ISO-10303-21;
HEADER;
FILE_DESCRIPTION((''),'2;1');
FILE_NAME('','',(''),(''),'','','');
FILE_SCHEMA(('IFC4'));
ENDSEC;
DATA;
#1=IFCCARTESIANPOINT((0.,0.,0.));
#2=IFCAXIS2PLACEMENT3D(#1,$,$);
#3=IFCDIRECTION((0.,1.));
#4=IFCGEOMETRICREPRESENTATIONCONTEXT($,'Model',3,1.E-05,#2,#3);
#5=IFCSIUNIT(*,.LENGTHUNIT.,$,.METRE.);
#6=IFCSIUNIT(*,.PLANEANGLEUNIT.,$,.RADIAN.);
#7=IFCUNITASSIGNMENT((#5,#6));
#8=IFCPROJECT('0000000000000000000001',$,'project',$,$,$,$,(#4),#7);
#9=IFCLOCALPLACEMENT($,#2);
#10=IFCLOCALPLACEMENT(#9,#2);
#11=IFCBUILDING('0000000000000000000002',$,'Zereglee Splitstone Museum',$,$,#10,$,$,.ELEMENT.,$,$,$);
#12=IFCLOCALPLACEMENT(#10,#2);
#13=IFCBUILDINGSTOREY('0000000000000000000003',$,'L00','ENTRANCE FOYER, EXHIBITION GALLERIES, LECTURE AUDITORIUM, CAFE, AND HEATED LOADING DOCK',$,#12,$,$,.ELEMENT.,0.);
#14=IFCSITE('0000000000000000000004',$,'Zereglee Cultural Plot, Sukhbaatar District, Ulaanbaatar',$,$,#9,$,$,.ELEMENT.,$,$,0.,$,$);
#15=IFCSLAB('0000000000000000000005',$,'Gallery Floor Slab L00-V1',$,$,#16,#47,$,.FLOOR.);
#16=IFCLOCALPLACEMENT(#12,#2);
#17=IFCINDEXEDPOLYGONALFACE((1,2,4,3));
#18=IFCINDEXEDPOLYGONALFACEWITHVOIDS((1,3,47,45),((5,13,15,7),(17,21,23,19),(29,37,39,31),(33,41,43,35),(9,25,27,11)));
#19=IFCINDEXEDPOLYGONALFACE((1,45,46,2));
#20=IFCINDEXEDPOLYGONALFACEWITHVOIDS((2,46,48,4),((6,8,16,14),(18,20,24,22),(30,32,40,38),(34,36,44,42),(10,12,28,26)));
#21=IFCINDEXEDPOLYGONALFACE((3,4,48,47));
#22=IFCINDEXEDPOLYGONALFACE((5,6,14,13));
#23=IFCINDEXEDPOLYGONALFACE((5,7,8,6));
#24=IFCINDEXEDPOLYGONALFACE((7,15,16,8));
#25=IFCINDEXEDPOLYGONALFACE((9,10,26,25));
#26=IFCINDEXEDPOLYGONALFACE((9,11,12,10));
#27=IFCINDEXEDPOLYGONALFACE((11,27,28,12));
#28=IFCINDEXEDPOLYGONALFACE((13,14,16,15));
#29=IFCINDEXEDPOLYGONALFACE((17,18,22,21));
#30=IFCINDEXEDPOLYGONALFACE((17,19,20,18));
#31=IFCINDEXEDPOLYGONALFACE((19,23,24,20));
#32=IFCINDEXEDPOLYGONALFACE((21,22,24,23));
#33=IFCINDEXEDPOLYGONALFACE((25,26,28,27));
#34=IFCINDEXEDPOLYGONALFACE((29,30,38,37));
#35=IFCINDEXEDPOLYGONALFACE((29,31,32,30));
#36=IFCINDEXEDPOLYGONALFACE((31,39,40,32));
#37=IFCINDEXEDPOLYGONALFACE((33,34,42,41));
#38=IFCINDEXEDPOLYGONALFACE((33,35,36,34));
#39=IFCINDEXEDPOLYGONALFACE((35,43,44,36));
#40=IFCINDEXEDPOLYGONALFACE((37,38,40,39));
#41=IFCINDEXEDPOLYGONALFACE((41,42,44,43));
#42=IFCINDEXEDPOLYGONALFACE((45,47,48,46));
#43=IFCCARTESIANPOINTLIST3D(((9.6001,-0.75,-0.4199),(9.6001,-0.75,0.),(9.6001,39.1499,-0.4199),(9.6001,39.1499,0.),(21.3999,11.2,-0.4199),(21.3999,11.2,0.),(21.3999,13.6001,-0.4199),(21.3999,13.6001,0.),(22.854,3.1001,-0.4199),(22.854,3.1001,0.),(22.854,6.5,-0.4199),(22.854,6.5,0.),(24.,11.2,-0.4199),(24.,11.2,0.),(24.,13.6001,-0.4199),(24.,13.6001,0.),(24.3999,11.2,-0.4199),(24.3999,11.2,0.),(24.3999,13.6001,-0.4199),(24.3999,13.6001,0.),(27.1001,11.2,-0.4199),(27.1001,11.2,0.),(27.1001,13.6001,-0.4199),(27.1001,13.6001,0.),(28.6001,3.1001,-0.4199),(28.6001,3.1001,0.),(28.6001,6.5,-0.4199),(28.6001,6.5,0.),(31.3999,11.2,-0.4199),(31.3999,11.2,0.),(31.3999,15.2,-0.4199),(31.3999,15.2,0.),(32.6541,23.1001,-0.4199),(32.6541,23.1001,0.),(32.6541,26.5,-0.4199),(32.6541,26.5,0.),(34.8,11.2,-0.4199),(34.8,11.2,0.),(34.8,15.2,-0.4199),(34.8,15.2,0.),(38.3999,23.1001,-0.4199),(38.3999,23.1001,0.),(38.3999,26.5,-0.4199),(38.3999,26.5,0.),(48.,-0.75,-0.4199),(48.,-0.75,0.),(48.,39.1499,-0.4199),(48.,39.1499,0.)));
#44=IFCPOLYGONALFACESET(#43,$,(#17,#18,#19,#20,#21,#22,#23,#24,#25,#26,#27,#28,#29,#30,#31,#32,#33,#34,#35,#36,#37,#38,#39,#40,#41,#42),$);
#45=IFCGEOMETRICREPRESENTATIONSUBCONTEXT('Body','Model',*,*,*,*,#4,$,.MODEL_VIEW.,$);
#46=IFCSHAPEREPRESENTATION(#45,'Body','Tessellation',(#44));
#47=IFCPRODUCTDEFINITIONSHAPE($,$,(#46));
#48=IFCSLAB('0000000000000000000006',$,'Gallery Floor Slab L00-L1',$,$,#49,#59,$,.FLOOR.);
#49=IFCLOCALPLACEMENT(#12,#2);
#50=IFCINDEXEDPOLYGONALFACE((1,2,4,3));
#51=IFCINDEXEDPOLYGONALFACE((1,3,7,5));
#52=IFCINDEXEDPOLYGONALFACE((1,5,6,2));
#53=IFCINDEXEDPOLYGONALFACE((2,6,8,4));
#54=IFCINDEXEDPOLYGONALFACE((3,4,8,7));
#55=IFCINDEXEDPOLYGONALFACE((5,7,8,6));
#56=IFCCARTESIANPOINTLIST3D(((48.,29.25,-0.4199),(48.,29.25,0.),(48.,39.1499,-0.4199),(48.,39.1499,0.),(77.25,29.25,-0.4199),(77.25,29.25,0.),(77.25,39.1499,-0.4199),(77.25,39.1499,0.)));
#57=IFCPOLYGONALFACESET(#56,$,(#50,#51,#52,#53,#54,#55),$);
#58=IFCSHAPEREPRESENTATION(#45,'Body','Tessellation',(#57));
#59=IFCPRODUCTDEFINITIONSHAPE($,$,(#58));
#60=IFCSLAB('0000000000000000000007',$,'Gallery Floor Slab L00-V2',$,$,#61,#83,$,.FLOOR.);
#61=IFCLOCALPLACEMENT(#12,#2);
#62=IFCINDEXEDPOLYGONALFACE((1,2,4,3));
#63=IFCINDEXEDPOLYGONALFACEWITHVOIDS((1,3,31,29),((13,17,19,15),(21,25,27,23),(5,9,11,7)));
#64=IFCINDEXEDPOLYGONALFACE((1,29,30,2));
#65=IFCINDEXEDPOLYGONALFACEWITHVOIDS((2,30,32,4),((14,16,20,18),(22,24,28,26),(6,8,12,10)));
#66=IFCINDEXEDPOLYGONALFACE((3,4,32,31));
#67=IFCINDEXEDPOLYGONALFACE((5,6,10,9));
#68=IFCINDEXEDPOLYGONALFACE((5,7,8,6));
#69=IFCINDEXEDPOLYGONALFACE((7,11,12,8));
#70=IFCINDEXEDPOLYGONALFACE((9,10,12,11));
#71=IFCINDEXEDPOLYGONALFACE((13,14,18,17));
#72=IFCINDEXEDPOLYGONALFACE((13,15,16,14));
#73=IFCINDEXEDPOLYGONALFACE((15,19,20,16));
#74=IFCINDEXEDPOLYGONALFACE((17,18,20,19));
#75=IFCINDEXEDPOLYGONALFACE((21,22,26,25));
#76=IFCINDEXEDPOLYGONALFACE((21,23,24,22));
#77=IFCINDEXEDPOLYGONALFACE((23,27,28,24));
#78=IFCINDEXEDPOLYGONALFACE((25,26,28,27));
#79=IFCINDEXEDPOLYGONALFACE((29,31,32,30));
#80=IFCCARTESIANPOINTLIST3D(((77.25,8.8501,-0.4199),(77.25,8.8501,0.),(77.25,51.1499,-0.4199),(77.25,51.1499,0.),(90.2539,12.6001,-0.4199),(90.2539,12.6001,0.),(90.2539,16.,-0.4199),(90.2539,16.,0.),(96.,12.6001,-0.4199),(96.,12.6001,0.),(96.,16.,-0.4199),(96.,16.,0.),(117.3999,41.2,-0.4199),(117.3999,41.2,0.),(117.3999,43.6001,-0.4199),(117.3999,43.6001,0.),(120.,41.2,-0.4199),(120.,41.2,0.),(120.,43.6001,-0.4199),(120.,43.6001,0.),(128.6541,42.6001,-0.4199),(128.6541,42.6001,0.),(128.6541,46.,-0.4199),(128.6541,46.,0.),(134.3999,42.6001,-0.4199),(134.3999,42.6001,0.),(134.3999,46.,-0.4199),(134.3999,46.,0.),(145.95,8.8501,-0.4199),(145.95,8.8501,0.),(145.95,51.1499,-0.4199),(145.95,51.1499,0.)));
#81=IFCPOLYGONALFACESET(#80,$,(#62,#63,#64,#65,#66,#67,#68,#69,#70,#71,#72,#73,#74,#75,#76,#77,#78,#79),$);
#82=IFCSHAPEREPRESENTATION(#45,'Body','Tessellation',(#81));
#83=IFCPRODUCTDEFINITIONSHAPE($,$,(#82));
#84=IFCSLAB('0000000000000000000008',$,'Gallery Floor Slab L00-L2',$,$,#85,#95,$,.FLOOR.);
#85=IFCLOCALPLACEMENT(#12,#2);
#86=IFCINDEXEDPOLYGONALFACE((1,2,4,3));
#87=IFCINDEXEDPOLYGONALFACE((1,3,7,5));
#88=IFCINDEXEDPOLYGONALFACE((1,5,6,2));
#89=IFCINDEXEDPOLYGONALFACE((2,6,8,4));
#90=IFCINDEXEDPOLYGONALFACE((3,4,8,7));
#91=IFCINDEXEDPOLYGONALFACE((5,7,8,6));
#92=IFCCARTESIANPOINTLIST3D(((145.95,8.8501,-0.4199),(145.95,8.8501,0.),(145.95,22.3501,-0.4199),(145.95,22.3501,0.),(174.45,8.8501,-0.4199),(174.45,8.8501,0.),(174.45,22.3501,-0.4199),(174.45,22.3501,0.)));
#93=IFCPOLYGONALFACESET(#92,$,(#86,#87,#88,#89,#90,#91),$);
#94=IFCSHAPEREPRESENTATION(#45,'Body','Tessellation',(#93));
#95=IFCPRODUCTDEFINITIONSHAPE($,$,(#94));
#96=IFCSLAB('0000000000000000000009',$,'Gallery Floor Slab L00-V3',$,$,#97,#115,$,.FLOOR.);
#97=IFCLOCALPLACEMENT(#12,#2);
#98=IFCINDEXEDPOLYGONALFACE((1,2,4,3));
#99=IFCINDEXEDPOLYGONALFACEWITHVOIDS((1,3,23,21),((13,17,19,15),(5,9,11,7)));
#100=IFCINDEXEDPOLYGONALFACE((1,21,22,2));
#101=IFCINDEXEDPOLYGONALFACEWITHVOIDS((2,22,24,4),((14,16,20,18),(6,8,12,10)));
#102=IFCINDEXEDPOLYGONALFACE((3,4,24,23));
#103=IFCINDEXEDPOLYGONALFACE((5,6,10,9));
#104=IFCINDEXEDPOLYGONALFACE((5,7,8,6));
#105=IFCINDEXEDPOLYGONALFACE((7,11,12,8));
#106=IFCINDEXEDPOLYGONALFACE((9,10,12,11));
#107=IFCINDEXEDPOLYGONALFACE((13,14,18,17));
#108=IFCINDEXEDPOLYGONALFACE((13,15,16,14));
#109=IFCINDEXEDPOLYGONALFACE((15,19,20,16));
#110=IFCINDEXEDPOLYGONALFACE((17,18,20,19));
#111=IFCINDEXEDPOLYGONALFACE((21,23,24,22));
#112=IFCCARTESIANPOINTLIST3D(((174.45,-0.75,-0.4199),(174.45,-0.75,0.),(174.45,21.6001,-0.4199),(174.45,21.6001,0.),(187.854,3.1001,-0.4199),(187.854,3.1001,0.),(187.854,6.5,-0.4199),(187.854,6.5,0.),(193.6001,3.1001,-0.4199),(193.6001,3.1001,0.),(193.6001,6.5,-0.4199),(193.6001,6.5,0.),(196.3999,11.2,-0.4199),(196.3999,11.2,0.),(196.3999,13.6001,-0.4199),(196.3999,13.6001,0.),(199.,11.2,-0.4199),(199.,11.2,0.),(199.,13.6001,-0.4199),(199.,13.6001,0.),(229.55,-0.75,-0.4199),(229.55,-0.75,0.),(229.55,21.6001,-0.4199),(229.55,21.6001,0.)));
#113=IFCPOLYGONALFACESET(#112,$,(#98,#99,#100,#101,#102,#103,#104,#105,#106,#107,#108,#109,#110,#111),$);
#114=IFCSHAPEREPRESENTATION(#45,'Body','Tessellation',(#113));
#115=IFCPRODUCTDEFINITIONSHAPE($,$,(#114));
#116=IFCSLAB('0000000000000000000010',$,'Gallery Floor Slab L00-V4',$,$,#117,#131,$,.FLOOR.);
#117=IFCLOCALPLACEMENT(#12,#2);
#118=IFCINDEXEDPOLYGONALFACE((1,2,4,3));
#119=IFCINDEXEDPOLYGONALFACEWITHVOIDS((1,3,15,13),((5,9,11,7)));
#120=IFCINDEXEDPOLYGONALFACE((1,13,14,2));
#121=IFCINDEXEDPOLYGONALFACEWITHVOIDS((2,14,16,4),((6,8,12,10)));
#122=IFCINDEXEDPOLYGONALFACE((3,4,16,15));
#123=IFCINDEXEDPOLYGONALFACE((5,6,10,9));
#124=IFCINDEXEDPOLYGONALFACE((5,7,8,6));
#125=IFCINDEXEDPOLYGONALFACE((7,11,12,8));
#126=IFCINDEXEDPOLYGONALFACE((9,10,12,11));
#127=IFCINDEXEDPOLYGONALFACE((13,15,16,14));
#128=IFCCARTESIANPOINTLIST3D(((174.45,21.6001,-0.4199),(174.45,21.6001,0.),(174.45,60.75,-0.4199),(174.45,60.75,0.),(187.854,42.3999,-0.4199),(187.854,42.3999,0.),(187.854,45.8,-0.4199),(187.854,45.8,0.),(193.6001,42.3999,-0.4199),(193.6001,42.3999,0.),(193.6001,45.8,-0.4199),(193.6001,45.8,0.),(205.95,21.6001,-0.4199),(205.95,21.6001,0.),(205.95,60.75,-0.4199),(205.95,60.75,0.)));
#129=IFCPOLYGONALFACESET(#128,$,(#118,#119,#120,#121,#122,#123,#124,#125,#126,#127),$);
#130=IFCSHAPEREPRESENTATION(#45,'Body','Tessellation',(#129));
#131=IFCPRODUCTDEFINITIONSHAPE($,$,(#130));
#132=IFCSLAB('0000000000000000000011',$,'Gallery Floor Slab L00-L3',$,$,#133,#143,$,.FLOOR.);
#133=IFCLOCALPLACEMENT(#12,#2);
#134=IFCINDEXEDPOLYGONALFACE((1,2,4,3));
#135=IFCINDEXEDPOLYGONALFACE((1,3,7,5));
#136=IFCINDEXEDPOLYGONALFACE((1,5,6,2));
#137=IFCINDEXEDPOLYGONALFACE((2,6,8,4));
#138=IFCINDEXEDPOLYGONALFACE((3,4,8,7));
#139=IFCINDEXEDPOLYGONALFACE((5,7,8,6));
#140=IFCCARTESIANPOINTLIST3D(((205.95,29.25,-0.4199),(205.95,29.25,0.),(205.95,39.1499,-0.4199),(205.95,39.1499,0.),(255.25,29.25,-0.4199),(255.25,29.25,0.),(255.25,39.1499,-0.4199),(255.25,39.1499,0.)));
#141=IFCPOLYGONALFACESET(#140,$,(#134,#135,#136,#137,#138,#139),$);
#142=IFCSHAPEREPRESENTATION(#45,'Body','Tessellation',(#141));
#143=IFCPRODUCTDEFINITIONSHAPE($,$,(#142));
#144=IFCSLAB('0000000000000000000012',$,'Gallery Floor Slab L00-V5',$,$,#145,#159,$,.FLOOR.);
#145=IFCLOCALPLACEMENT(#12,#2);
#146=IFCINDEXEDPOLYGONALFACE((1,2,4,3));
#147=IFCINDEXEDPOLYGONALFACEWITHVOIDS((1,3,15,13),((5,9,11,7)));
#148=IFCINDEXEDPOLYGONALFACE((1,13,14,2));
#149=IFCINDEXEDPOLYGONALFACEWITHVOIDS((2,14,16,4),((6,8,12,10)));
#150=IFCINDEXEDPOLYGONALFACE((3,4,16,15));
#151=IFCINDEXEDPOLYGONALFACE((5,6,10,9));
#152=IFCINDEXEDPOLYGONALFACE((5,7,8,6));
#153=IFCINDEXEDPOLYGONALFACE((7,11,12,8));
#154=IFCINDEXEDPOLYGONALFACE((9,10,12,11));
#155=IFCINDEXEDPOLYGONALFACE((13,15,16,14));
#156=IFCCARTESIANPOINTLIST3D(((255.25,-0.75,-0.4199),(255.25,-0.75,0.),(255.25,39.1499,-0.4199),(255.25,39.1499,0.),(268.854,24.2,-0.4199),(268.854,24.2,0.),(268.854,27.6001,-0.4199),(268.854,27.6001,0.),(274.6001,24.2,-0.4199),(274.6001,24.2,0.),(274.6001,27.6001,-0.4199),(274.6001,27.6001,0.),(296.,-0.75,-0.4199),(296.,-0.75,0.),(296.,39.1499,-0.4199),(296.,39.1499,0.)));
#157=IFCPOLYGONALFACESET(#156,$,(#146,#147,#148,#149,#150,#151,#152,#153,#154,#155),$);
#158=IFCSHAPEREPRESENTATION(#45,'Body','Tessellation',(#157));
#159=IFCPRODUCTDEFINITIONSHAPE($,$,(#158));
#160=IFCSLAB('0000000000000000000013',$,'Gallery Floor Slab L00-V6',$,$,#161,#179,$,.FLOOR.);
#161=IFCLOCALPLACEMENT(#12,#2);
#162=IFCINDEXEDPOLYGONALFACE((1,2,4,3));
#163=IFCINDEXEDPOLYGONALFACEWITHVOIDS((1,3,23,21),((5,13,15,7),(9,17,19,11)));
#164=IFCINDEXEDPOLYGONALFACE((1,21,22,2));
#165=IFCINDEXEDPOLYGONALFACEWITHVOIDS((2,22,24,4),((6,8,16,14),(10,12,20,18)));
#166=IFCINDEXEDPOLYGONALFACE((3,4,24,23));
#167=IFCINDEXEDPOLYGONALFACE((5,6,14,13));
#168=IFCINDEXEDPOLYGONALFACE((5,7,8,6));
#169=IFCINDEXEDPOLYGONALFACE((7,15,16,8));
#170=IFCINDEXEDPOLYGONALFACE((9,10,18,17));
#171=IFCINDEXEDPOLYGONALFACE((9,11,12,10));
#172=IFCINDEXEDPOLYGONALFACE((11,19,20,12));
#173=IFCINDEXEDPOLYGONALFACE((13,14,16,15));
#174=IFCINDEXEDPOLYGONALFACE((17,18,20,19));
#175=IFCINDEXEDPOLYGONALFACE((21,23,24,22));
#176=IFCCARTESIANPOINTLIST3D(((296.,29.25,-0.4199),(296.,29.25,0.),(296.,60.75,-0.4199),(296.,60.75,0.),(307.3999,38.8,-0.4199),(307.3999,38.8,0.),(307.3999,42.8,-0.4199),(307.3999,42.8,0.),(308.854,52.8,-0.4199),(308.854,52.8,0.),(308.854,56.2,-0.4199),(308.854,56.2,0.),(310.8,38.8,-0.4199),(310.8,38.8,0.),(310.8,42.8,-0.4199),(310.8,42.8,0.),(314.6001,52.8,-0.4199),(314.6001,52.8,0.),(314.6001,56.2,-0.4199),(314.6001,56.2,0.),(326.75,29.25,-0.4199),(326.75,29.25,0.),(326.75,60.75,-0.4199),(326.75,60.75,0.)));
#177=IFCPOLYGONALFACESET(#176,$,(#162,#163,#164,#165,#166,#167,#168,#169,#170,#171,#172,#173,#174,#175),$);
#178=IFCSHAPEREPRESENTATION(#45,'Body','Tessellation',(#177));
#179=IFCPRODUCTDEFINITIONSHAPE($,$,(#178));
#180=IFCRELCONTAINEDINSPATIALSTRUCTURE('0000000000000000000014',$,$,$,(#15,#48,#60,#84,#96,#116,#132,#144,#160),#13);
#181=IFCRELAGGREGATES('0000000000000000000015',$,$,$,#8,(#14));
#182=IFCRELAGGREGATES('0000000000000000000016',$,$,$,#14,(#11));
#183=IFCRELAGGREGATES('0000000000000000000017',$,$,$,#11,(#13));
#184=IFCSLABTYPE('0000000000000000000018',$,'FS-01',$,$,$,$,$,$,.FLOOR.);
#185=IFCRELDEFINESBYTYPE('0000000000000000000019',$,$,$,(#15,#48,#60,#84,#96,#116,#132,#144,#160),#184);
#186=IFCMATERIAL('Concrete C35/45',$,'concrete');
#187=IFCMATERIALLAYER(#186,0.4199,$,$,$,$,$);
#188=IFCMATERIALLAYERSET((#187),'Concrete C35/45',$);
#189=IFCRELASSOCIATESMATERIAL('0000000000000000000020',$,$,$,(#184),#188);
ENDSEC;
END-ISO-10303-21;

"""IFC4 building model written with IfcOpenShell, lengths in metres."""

from ifc_helpers import new_model, si_unit, direction, frame, origin, place, context, subcontext, project, spatial, polyline, outline, extrude, material, layer, layer_set, type_object, element, save


model = new_model("IFC4")

# Units and contexts
model_context = context("Model", 3, precision=1e-05, world=origin(), true_north=direction((0.0, 1.0)))
body_context = subcontext(model_context, "Body", "Model", "MODEL_VIEW")
ifc_project = project(units=[si_unit("LENGTHUNIT", "METRE"), si_unit("PLANEANGLEUNIT", "RADIAN")], contexts=[model_context])

# Site, building, storey
site_placement = place(None, origin())
site = spatial("IfcSite", under=ifc_project, at=site_placement, Name="Zereglee Cultural Plot, Sukhbaatar District, Ulaanbaatar", CompositionType="ELEMENT", RefElevation=0.0)
building_placement = place(site_placement, origin())
building = spatial("IfcBuilding", under=site, at=building_placement, Name="Zereglee Splitstone Museum", CompositionType="ELEMENT")
storey_placement = place(building_placement, origin())
storey = spatial("IfcBuildingStorey", under=building, at=storey_placement, Name="L00", Description="ENTRANCE FOYER, EXHIBITION GALLERIES, LECTURE AUDITORIUM, CAFE, AND HEATED LOADING DOCK", CompositionType="ELEMENT", Elevation=0.0)

# Slabs
ifc_material_1 = material(Name="Concrete C35/45", Category="concrete")
ifc_layer_1 = layer(ifc_material_1, 0.4199)
ifc_layer_set_1 = layer_set([ifc_layer_1], Name="Concrete C35/45")
slab_type_1 = type_object("IfcSlabType", Name="FS-01", PredefinedType="FLOOR", material=ifc_layer_set_1)
slab_1_placement = place(storey_placement, frame((0.0, 0.0, -0.4199)))
element("IfcSlab", 1, at=slab_1_placement, inside=storey, type_object=slab_type_1, Name="Gallery Floor Slab L00-V1", PredefinedType="FLOOR", context=body_context, shape_type="SweptSolid", body=[
    extrude(outline(polyline([(9.6001, -0.75), (48.0, -0.75), (48.0, 39.1499), (9.6001, 39.1499), (9.6001, -0.75)]), holes=[polyline([(22.854, 3.1001), (28.6001, 3.1001), (28.6001, 6.5), (22.854, 6.5), (22.854, 3.1001)]), polyline([(32.6541, 23.1001), (38.3999, 23.1001), (38.3999, 26.5), (32.6541, 26.5), (32.6541, 23.1001)]), polyline([(21.3999, 11.2), (24.0, 11.2), (24.0, 13.6001), (21.3999, 13.6001), (21.3999, 11.2)]), polyline([(24.3999, 11.2), (27.1001, 11.2), (27.1001, 13.6001), (24.3999, 13.6001), (24.3999, 11.2)]), polyline([(31.3999, 11.2), (34.8, 11.2), (34.8, 15.2), (31.3999, 15.2), (31.3999, 11.2)])]), origin(), (0.0, 0.0, 1.0), 0.4199),
])
slab_2_placement = place(storey_placement, frame((0.0, 0.0, -0.4199)))
element("IfcSlab", 2, at=slab_2_placement, inside=storey, type_object=slab_type_1, Name="Gallery Floor Slab L00-L1", PredefinedType="FLOOR", context=body_context, shape_type="SweptSolid", body=[
    extrude(outline(polyline([(48.0, 29.25), (77.25, 29.25), (77.25, 39.1499), (48.0, 39.1499), (48.0, 29.25)])), origin(), (0.0, 0.0, 1.0), 0.4199),
])
slab_3_placement = place(storey_placement, frame((0.0, 0.0, -0.4199)))
element("IfcSlab", 3, at=slab_3_placement, inside=storey, type_object=slab_type_1, Name="Gallery Floor Slab L00-V2", PredefinedType="FLOOR", context=body_context, shape_type="SweptSolid", body=[
    extrude(outline(polyline([(77.25, 8.8501), (145.95, 8.8501), (145.95, 51.1499), (77.25, 51.1499), (77.25, 8.8501)]), holes=[polyline([(128.6541, 42.6001), (134.3999, 42.6001), (134.3999, 46.0), (128.6541, 46.0), (128.6541, 42.6001)]), polyline([(90.2539, 12.6001), (96.0, 12.6001), (96.0, 16.0), (90.2539, 16.0), (90.2539, 12.6001)]), polyline([(117.3999, 41.2), (120.0, 41.2), (120.0, 43.6001), (117.3999, 43.6001), (117.3999, 41.2)])]), origin(), (0.0, 0.0, 1.0), 0.4199),
])
slab_4_placement = place(storey_placement, frame((0.0, 0.0, -0.4199)))
element("IfcSlab", 4, at=slab_4_placement, inside=storey, type_object=slab_type_1, Name="Gallery Floor Slab L00-L2", PredefinedType="FLOOR", context=body_context, shape_type="SweptSolid", body=[
    extrude(outline(polyline([(145.95, 8.8501), (174.45, 8.8501), (174.45, 22.3501), (145.95, 22.3501), (145.95, 8.8501)])), origin(), (0.0, 0.0, 1.0), 0.4199),
])
slab_5_placement = place(storey_placement, frame((0.0, 0.0, -0.4199)))
element("IfcSlab", 5, at=slab_5_placement, inside=storey, type_object=slab_type_1, Name="Gallery Floor Slab L00-V3", PredefinedType="FLOOR", context=body_context, shape_type="SweptSolid", body=[
    extrude(outline(polyline([(174.45, -0.75), (229.55, -0.75), (229.55, 21.6001), (174.45, 21.6001), (174.45, -0.75)]), holes=[polyline([(187.854, 3.1001), (193.6001, 3.1001), (193.6001, 6.5), (187.854, 6.5), (187.854, 3.1001)]), polyline([(196.3999, 11.2), (199.0, 11.2), (199.0, 13.6001), (196.3999, 13.6001), (196.3999, 11.2)])]), origin(), (0.0, 0.0, 1.0), 0.4199),
])
slab_6_placement = place(storey_placement, frame((0.0, 0.0, -0.4199)))
element("IfcSlab", 6, at=slab_6_placement, inside=storey, type_object=slab_type_1, Name="Gallery Floor Slab L00-V4", PredefinedType="FLOOR", context=body_context, shape_type="SweptSolid", body=[
    extrude(outline(polyline([(174.45, 21.6001), (205.95, 21.6001), (205.95, 60.75), (174.45, 60.75), (174.45, 21.6001)]), holes=[polyline([(187.854, 42.3999), (193.6001, 42.3999), (193.6001, 45.8), (187.854, 45.8), (187.854, 42.3999)])]), origin(), (0.0, 0.0, 1.0), 0.4199),
])
slab_7_placement = place(storey_placement, frame((0.0, 0.0, -0.4199)))
element("IfcSlab", 7, at=slab_7_placement, inside=storey, type_object=slab_type_1, Name="Gallery Floor Slab L00-L3", PredefinedType="FLOOR", context=body_context, shape_type="SweptSolid", body=[
    extrude(outline(polyline([(205.95, 29.25), (255.25, 29.25), (255.25, 39.1499), (205.95, 39.1499), (205.95, 29.25)])), origin(), (0.0, 0.0, 1.0), 0.4199),
])
slab_8_placement = place(storey_placement, frame((0.0, 0.0, -0.4199)))
element("IfcSlab", 8, at=slab_8_placement, inside=storey, type_object=slab_type_1, Name="Gallery Floor Slab L00-V5", PredefinedType="FLOOR", context=body_context, shape_type="SweptSolid", body=[
    extrude(outline(polyline([(255.25, -0.75), (296.0, -0.75), (296.0, 39.1499), (255.25, 39.1499), (255.25, -0.75)]), holes=[polyline([(268.854, 24.2), (274.6001, 24.2), (274.6001, 27.6001), (268.854, 27.6001), (268.854, 24.2)])]), origin(), (0.0, 0.0, 1.0), 0.4199),
])
slab_9_placement = place(storey_placement, frame((0.0, 0.0, -0.4199)))
element("IfcSlab", 9, at=slab_9_placement, inside=storey, type_object=slab_type_1, Name="Gallery Floor Slab L00-V6", PredefinedType="FLOOR", context=body_context, shape_type="SweptSolid", body=[
    extrude(outline(polyline([(296.0, 29.25), (326.75, 29.25), (326.75, 60.75), (296.0, 60.75), (296.0, 29.25)]), holes=[polyline([(308.854, 52.8), (314.6001, 52.8), (314.6001, 56.2), (308.854, 56.2), (308.854, 52.8)]), polyline([(307.3999, 38.8), (310.8, 38.8), (310.8, 42.8), (307.3999, 42.8), (307.3999, 38.8)])]), origin(), (0.0, 0.0, 1.0), 0.4199),
])

save(model, "model.ifc")
